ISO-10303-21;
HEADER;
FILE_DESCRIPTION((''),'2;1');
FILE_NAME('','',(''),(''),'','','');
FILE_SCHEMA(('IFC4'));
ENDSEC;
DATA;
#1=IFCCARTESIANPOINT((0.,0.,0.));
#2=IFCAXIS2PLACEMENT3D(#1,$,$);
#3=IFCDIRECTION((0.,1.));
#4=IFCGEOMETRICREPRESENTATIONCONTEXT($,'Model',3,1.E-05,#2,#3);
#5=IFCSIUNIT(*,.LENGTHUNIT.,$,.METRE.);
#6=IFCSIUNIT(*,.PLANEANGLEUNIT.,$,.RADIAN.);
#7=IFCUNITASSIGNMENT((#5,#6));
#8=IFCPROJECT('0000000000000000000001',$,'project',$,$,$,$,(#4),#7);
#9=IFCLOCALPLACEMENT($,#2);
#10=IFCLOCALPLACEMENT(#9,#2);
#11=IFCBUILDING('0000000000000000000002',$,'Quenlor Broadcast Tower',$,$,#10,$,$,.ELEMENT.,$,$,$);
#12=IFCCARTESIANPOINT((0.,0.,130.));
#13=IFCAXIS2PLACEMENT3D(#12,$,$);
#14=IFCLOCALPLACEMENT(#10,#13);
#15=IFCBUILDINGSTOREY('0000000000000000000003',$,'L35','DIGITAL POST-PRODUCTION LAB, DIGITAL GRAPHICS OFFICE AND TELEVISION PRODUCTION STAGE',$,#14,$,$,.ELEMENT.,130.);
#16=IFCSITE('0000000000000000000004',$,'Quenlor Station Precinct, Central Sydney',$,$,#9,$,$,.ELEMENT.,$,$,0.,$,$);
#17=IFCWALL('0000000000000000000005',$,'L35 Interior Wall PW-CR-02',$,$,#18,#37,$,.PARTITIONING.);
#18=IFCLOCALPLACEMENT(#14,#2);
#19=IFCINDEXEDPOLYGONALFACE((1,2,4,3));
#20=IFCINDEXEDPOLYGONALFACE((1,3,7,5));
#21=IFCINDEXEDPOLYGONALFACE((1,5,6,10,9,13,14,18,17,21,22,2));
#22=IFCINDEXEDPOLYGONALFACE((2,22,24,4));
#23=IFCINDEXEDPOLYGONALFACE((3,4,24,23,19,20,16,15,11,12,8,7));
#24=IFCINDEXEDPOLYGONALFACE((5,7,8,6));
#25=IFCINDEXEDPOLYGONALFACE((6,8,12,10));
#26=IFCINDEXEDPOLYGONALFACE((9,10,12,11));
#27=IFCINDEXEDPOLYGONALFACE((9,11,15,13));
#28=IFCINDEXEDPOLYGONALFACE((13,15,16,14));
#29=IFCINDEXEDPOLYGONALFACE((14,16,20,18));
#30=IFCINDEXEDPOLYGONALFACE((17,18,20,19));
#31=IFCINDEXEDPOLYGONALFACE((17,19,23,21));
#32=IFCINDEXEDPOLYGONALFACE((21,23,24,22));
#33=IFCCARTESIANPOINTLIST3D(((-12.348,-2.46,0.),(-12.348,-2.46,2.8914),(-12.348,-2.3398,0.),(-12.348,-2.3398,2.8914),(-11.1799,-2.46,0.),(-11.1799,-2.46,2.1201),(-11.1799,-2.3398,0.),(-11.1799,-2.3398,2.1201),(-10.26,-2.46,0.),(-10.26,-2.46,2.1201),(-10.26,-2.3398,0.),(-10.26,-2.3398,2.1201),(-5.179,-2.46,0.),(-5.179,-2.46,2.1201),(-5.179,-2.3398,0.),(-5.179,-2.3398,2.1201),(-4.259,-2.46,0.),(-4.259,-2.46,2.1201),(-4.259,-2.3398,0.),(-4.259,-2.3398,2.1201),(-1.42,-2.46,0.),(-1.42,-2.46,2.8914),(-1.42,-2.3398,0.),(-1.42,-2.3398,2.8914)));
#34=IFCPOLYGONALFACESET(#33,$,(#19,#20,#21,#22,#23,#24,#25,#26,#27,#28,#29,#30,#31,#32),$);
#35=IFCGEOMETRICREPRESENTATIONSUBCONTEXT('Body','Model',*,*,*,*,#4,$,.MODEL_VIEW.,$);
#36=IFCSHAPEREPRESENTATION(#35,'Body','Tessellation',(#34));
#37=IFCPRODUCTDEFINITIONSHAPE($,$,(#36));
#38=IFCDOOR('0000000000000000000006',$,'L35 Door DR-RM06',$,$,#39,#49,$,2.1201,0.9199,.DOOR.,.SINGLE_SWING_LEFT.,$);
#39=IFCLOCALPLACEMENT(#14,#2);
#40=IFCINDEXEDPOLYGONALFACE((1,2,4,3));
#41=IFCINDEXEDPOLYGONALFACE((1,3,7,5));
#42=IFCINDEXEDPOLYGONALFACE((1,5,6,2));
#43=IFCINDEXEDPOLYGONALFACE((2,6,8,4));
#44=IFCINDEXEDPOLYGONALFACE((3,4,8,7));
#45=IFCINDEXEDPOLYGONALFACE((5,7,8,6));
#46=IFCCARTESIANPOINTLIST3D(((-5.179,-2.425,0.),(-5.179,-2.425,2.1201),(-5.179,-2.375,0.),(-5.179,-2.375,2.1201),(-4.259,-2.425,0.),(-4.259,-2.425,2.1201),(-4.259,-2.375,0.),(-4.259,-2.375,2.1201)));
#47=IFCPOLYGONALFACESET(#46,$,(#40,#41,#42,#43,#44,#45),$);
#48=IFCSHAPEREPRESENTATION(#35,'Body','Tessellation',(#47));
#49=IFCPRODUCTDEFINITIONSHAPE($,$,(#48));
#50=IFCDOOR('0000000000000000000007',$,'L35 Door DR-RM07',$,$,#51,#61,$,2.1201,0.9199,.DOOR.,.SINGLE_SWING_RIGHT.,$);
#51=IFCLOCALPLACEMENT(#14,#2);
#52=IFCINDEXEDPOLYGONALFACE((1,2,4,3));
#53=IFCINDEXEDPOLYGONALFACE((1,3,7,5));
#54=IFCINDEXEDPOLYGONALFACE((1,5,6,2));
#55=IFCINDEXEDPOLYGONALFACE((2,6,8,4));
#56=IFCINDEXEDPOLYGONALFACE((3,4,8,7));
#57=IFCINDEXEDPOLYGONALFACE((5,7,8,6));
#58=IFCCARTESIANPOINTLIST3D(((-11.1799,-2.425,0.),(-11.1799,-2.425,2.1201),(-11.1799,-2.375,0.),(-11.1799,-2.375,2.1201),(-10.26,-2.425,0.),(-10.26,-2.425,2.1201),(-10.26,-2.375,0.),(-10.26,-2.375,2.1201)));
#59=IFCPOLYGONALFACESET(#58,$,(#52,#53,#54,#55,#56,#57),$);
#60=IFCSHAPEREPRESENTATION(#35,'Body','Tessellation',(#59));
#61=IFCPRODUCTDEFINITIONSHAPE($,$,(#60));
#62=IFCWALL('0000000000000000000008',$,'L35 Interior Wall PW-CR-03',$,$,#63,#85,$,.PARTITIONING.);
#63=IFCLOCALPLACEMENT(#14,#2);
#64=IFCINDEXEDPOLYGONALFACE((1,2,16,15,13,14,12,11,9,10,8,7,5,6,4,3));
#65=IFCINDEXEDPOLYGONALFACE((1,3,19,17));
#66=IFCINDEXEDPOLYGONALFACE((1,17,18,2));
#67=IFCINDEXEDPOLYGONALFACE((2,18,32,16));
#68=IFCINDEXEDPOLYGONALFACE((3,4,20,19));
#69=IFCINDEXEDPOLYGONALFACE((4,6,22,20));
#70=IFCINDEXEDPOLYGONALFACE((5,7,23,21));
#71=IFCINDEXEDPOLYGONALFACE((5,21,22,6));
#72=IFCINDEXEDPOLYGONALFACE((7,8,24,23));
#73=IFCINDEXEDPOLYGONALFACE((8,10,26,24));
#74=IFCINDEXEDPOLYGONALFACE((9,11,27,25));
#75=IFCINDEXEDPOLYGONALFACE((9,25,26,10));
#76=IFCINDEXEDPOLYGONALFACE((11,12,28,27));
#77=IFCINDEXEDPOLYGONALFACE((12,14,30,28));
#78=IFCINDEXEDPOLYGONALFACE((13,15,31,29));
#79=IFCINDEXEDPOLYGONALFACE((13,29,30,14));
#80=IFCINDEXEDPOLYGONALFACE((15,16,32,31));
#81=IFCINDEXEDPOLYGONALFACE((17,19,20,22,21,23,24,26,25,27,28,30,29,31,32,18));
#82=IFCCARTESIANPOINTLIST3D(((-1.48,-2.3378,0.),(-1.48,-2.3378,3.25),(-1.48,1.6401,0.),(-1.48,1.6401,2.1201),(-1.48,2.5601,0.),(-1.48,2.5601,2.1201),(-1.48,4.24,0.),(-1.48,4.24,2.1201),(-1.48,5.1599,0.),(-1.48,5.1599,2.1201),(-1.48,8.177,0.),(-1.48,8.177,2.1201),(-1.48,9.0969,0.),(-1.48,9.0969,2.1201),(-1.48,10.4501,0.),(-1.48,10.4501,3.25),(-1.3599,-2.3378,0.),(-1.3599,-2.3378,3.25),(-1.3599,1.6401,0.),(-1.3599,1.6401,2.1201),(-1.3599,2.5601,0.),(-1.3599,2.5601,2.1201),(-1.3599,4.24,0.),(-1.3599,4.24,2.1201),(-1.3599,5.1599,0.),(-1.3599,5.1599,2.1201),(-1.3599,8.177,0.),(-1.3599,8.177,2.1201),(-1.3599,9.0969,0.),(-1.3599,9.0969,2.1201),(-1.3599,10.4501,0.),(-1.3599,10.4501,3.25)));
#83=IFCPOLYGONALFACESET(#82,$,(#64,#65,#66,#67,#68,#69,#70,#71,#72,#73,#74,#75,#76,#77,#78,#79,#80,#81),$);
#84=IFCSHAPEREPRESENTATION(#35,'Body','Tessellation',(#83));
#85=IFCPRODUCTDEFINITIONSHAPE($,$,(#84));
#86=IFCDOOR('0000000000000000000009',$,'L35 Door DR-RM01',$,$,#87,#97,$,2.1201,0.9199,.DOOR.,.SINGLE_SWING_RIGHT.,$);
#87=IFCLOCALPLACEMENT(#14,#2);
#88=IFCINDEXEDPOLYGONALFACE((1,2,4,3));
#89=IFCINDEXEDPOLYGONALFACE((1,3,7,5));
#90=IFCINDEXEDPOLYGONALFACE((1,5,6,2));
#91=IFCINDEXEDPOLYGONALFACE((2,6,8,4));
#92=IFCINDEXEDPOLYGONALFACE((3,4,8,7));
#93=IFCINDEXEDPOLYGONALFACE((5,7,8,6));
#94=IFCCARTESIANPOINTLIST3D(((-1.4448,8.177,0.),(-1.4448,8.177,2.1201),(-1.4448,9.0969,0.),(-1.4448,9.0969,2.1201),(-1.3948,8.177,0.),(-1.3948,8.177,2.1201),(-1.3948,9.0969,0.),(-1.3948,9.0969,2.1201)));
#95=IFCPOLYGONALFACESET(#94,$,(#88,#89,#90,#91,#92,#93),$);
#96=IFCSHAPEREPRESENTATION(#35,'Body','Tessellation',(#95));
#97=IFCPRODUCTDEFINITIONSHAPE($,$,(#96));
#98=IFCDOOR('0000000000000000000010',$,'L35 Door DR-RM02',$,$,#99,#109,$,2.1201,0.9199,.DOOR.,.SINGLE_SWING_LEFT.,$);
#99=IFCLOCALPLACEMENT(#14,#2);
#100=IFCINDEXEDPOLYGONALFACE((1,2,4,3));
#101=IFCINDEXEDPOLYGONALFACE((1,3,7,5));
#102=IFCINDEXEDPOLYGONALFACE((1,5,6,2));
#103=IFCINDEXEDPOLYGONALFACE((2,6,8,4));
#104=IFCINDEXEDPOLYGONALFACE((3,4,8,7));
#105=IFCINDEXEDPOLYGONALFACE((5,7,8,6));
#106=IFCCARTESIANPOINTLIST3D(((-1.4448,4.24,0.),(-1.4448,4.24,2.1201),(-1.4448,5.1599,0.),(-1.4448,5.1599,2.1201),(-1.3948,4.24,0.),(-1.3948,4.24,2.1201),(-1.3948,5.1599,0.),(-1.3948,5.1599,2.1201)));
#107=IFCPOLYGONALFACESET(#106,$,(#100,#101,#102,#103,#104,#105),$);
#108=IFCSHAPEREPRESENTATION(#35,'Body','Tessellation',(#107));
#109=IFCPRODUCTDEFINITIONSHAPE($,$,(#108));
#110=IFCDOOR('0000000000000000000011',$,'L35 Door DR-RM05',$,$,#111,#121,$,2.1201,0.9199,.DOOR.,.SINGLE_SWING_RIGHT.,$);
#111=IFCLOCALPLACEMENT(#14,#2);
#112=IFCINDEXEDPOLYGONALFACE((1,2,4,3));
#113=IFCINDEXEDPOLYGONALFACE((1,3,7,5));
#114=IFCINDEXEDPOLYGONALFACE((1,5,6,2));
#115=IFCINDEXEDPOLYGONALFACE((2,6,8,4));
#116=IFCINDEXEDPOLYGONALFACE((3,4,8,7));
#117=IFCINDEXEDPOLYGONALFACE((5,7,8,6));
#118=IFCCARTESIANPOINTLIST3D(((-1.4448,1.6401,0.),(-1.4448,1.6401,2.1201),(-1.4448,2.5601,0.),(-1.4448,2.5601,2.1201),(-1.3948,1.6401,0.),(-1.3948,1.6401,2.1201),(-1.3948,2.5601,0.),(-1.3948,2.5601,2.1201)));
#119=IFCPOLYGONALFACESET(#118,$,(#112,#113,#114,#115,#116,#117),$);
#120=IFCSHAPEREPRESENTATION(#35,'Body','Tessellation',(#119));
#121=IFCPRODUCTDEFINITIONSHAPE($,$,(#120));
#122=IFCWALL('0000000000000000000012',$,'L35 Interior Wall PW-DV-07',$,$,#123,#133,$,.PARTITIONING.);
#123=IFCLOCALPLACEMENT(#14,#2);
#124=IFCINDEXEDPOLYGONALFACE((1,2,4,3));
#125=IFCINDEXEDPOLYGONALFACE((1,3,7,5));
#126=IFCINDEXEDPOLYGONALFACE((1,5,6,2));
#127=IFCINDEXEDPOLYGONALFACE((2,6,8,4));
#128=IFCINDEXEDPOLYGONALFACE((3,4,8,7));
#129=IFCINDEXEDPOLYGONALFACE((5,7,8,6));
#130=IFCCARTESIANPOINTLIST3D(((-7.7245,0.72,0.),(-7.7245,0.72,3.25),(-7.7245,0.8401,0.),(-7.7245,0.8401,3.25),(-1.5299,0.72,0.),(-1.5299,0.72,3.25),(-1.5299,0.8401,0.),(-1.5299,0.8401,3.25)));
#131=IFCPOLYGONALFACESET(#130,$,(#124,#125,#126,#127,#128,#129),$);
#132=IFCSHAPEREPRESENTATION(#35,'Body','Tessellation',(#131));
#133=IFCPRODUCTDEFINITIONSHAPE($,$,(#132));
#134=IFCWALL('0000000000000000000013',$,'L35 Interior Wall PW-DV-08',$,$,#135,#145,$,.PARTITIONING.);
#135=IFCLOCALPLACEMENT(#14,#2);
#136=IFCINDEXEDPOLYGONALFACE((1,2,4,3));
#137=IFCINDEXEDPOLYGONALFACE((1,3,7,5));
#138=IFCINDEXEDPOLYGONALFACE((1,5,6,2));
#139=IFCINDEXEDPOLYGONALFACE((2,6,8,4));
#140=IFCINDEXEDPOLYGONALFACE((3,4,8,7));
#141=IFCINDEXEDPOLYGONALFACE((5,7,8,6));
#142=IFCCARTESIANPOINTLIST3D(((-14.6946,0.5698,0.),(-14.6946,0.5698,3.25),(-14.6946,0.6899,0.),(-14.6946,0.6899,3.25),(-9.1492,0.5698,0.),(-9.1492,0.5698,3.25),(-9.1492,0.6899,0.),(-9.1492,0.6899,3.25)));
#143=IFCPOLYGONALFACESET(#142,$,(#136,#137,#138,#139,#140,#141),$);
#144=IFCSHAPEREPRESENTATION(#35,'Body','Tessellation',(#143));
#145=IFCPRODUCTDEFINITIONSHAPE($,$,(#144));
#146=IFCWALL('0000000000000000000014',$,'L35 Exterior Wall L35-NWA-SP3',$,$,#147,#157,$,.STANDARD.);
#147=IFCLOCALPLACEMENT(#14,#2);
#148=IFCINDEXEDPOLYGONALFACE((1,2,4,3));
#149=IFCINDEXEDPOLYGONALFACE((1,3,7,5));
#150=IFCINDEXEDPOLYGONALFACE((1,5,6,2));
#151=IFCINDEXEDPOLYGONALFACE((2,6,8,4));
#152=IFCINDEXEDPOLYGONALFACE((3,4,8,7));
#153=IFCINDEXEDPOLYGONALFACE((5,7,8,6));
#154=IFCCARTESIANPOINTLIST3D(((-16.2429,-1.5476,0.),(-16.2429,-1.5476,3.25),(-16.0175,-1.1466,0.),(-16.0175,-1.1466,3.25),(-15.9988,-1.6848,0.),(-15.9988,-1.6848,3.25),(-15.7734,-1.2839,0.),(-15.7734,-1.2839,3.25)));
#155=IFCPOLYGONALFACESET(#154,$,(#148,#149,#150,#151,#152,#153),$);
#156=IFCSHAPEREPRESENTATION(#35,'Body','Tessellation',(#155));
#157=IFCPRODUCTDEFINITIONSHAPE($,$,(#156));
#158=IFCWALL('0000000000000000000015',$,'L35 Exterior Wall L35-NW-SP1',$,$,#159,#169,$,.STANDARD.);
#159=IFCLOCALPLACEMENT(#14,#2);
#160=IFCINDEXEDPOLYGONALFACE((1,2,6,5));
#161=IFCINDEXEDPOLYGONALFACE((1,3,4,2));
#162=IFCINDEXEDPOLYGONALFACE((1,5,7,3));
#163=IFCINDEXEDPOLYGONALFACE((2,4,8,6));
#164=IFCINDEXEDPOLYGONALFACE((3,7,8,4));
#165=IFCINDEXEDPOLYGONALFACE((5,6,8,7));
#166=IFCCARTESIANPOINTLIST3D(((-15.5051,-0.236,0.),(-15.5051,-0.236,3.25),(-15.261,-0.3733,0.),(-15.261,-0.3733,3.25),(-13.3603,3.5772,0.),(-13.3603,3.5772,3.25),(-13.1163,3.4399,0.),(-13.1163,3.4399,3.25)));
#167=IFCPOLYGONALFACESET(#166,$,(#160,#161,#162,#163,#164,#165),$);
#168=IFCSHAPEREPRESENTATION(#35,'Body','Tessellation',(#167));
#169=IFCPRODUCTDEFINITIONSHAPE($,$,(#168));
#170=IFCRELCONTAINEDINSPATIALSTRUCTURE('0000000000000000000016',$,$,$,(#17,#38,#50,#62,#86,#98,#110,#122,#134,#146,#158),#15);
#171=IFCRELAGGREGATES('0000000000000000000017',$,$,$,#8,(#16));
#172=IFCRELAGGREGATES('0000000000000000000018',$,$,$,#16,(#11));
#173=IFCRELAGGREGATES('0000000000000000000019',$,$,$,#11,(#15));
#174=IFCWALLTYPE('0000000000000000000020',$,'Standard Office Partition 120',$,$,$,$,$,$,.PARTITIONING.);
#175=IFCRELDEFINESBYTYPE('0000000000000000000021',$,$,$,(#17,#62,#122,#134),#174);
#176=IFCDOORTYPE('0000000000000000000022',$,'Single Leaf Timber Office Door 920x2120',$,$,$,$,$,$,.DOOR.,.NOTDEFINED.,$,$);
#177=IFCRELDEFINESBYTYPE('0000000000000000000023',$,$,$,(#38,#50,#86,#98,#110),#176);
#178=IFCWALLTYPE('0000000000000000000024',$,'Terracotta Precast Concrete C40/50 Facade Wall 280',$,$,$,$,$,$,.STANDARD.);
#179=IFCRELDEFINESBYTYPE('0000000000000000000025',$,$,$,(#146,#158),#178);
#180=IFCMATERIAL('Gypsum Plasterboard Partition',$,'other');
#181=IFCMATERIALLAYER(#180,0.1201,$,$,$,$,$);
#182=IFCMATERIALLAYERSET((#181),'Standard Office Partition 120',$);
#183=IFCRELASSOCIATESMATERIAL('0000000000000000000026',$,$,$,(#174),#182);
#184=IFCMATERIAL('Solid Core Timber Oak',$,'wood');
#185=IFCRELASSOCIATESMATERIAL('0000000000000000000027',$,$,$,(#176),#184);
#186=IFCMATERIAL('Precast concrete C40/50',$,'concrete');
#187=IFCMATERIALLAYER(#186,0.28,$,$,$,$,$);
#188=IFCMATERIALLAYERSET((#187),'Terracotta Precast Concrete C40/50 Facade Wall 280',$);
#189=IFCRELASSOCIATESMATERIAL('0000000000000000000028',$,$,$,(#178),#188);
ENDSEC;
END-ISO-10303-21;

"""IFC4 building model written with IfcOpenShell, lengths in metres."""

from ifc_helpers import new_model, si_unit, direction, frame, frame_2d, origin, place, context, subcontext, project, spatial, rectangle, extrude, material, layer, layer_set, type_object, element, fill, save


model = new_model("IFC4")

# Units and contexts
model_context = context("Model", 3, precision=1e-05, world=origin(), true_north=direction((0.0, 1.0)))
body_context = subcontext(model_context, "Body", "Model", "MODEL_VIEW")
ifc_project = project(units=[si_unit("LENGTHUNIT", "METRE"), si_unit("PLANEANGLEUNIT", "RADIAN")], contexts=[model_context])

# Site, building, storey
site_placement = place(None, origin())
site = spatial("IfcSite", under=ifc_project, at=site_placement, Name="Quenlor Station Precinct, Central Sydney", CompositionType="ELEMENT", RefElevation=0.0)
building_placement = place(site_placement, origin())
building = spatial("IfcBuilding", under=site, at=building_placement, Name="Quenlor Broadcast Tower", CompositionType="ELEMENT")
storey_placement = place(building_placement, frame((0.0, 0.0, 130.0)))
storey = spatial("IfcBuildingStorey", under=building, at=storey_placement, Name="L35", Description="DIGITAL POST-PRODUCTION LAB, DIGITAL GRAPHICS OFFICE AND TELEVISION PRODUCTION STAGE", CompositionType="ELEMENT", Elevation=130.0)

# Walls, openings, doors
ifc_material_1 = material(Name="Gypsum Plasterboard Partition", Category="other")
ifc_layer_1 = layer(ifc_material_1, 0.1201)
ifc_layer_set_1 = layer_set([ifc_layer_1], Name="Standard Office Partition 120")
wall_type_1 = type_object("IfcWallType", Name="Standard Office Partition 120", PredefinedType="PARTITIONING", material=ifc_layer_set_1)
wall_1_placement = place(storey_placement, frame((-12.3479, -2.3999, 0.0), z_axis=(0.0, 0.0, 1.0), x_axis=(1.0, 0.0, 0.0)))
wall_1 = element("IfcWall", 1, at=wall_1_placement, inside=storey, type_object=wall_type_1, Name="L35 Interior Wall PW-CR-02", PredefinedType="PARTITIONING", context=body_context, shape_type="SweptSolid", body=[
    extrude(rectangle(XDim=10.928, YDim=0.1201, at=frame_2d((5.4639, 0.0))), origin(), (0.0, 0.0, 1.0), 2.8914),
])
opening_1_placement = place(wall_1_placement, frame((7.1689, 0.0, 0.0)))
opening_1 = element("IfcOpeningElement", 2, at=opening_1_placement, cuts=wall_1, PredefinedType="OPENING", context=body_context, shape_type="SweptSolid", body=[
    extrude(rectangle(XDim=0.9199, YDim=2.1201, at=frame_2d((0.46, 1.0601))), frame((0.0, 0.0701, 0.0), z_axis=(0.0, -1.0, 0.0), x_axis=(1.0, 0.0, 0.0)), (0.0, 0.0, 1.0), 0.1401),
])
opening_2_placement = place(wall_1_placement, frame((1.168, 0.0, 0.0)))
opening_2 = element("IfcOpeningElement", 3, at=opening_2_placement, cuts=wall_1, PredefinedType="OPENING", context=body_context, shape_type="SweptSolid", body=[
    extrude(rectangle(XDim=0.9199, YDim=2.1201, at=frame_2d((0.46, 1.0601))), frame((0.0, 0.0701, 0.0), z_axis=(0.0, -1.0, 0.0), x_axis=(1.0, 0.0, 0.0)), (0.0, 0.0, 1.0), 0.1401),
])
ifc_material_2 = material(Name="Solid Core Timber Oak", Category="wood")
door_type = type_object("IfcDoorType", Name="Single Leaf Timber Office Door 920x2120", OperationType="NOTDEFINED", PredefinedType="DOOR", material=ifc_material_2)
door_1_placement = place(opening_1_placement, origin())
door_1 = element("IfcDoor", 4, at=door_1_placement, inside=storey, type_object=door_type, Name="L35 Door DR-RM06", OperationType="SINGLE_SWING_LEFT", OverallHeight=2.1201, OverallWidth=0.9199, PredefinedType="DOOR", context=body_context, shape_type="SweptSolid", body=[
    extrude(rectangle(XDim=0.9199, YDim=2.1201, at=frame_2d((0.46, 1.0601))), frame((0.0, 0.0249, 0.0), z_axis=(0.0, -1.0, 0.0), x_axis=(1.0, 0.0, 0.0)), (0.0, 0.0, 1.0), 0.05),
])
fill(opening_1, door_1)
door_2_placement = place(opening_2_placement, origin())
door_2 = element("IfcDoor", 5, at=door_2_placement, inside=storey, type_object=door_type, Name="L35 Door DR-RM07", OperationType="SINGLE_SWING_RIGHT", OverallHeight=2.1201, OverallWidth=0.9199, PredefinedType="DOOR", context=body_context, shape_type="SweptSolid", body=[
    extrude(rectangle(XDim=0.9199, YDim=2.1201, at=frame_2d((0.46, 1.0601))), frame((0.0, 0.0249, 0.0), z_axis=(0.0, -1.0, 0.0), x_axis=(1.0, 0.0, 0.0)), (0.0, 0.0, 1.0), 0.05),
])
fill(opening_2, door_2)
wall_2_placement = place(storey_placement, frame((-1.4199, -2.3379, 0.0), z_axis=(0.0, 0.0, 1.0), x_axis=(0.0, 1.0, 0.0)))
wall_2 = element("IfcWall", 6, at=wall_2_placement, inside=storey, type_object=wall_type_1, Name="L35 Interior Wall PW-CR-03", PredefinedType="PARTITIONING", context=body_context, shape_type="SweptSolid", body=[
    extrude(rectangle(XDim=12.7878, YDim=0.1201, at=frame_2d((6.394, 0.0))), origin(), (0.0, 0.0, 1.0), 3.25),
])
opening_3_placement = place(wall_2_placement, frame((10.5149, 0.0, 0.0)))
opening_3 = element("IfcOpeningElement", 7, at=opening_3_placement, cuts=wall_2, PredefinedType="OPENING", context=body_context, shape_type="SweptSolid", body=[
    extrude(rectangle(XDim=0.9199, YDim=2.1201, at=frame_2d((0.46, 1.0601))), frame((0.0, 0.0701, 0.0), z_axis=(0.0, -1.0, 0.0), x_axis=(1.0, 0.0, 0.0)), (0.0, 0.0, 1.0), 0.1401),
])
opening_4_placement = place(wall_2_placement, frame((6.5779, 0.0, 0.0)))
opening_4 = element("IfcOpeningElement", 8, at=opening_4_placement, cuts=wall_2, PredefinedType="OPENING", context=body_context, shape_type="SweptSolid", body=[
    extrude(rectangle(XDim=0.9199, YDim=2.1201, at=frame_2d((0.46, 1.0601))), frame((0.0, 0.0701, 0.0), z_axis=(0.0, -1.0, 0.0), x_axis=(1.0, 0.0, 0.0)), (0.0, 0.0, 1.0), 0.1401),
])
opening_5_placement = place(wall_2_placement, frame((3.978, 0.0, 0.0)))
opening_5 = element("IfcOpeningElement", 9, at=opening_5_placement, cuts=wall_2, PredefinedType="OPENING", context=body_context, shape_type="SweptSolid", body=[
    extrude(rectangle(XDim=0.9199, YDim=2.1201, at=frame_2d((0.46, 1.0601))), frame((0.0, 0.0701, 0.0), z_axis=(0.0, -1.0, 0.0), x_axis=(1.0, 0.0, 0.0)), (0.0, 0.0, 1.0), 0.1401),
])
door_3_placement = place(opening_3_placement, origin())
door_3 = element("IfcDoor", 10, at=door_3_placement, inside=storey, type_object=door_type, Name="L35 Door DR-RM01", OperationType="SINGLE_SWING_RIGHT", OverallHeight=2.1201, OverallWidth=0.9199, PredefinedType="DOOR", context=body_context, shape_type="SweptSolid", body=[
    extrude(rectangle(XDim=0.9199, YDim=2.1201, at=frame_2d((0.46, 1.0601))), frame((0.0, 0.0249, 0.0), z_axis=(0.0, -1.0, 0.0), x_axis=(1.0, 0.0, 0.0)), (0.0, 0.0, 1.0), 0.05),
])
fill(opening_3, door_3)
door_4_placement = place(opening_4_placement, origin())
door_4 = element("IfcDoor", 11, at=door_4_placement, inside=storey, type_object=door_type, Name="L35 Door DR-RM02", OperationType="SINGLE_SWING_LEFT", OverallHeight=2.1201, OverallWidth=0.9199, PredefinedType="DOOR", context=body_context, shape_type="SweptSolid", body=[
    extrude(rectangle(XDim=0.9199, YDim=2.1201, at=frame_2d((0.46, 1.0601))), frame((0.0, 0.0249, 0.0), z_axis=(0.0, -1.0, 0.0), x_axis=(1.0, 0.0, 0.0)), (0.0, 0.0, 1.0), 0.05),
])
fill(opening_4, door_4)
door_5_placement = place(opening_5_placement, origin())
door_5 = element("IfcDoor", 12, at=door_5_placement, inside=storey, type_object=door_type, Name="L35 Door DR-RM05", OperationType="SINGLE_SWING_RIGHT", OverallHeight=2.1201, OverallWidth=0.9199, PredefinedType="DOOR", context=body_context, shape_type="SweptSolid", body=[
    extrude(rectangle(XDim=0.9199, YDim=2.1201, at=frame_2d((0.46, 1.0601))), frame((0.0, 0.0249, 0.0), z_axis=(0.0, -1.0, 0.0), x_axis=(1.0, 0.0, 0.0)), (0.0, 0.0, 1.0), 0.05),
])
fill(opening_5, door_5)

# Walls
wall_3_placement = place(storey_placement, frame((-1.53, 0.78, 0.0), z_axis=(0.0, 0.0, 1.0), x_axis=(-1.0, 0.0, 0.0)))
element("IfcWall", 13, at=wall_3_placement, inside=storey, type_object=wall_type_1, Name="L35 Interior Wall PW-DV-07", PredefinedType="PARTITIONING", context=body_context, shape_type="SweptSolid", body=[
    extrude(rectangle(XDim=6.1946, YDim=0.1201, at=frame_2d((3.0972, 0.0))), origin(), (0.0, 0.0, 1.0), 3.25),
])
wall_4_placement = place(storey_placement, frame((-9.1492, 0.6299, 0.0), z_axis=(0.0, 0.0, 1.0), x_axis=(-1.0, 0.0, 0.0)))
element("IfcWall", 14, at=wall_4_placement, inside=storey, type_object=wall_type_1, Name="L35 Interior Wall PW-DV-08", PredefinedType="PARTITIONING", context=body_context, shape_type="SweptSolid", body=[
    extrude(rectangle(XDim=5.5454, YDim=0.1201, at=frame_2d((2.7727, 0.0))), origin(), (0.0, 0.0, 1.0), 3.25),
])
ifc_material_3 = material(Name="Precast concrete C40/50", Category="concrete")
ifc_layer_2 = layer(ifc_material_3, 0.28)
ifc_layer_set_2 = layer_set([ifc_layer_2], Name="Terracotta Precast Concrete C40/50 Facade Wall 280")
wall_type_2 = type_object("IfcWallType", Name="Terracotta Precast Concrete C40/50 Facade Wall 280", PredefinedType="STANDARD", material=ifc_layer_set_2)
wall_5_placement = place(storey_placement, frame((-16.1208, -1.6162, 0.0), z_axis=(0.0, 0.0, 1.0), x_axis=(0.490009, 0.871717, 0.0)))
element("IfcWall", 15, at=wall_5_placement, inside=storey, type_object=wall_type_2, Name="L35 Exterior Wall L35-NWA-SP3", PredefinedType="STANDARD", context=body_context, shape_type="SweptSolid", body=[
    extrude(rectangle(XDim=0.46, YDim=0.28, at=frame_2d((0.23, 0.0))), origin(), (0.0, 0.0, 1.0), 3.25),
])
wall_6_placement = place(storey_placement, frame((-15.3831, -0.3047, 0.0), z_axis=(0.0, 0.0, 1.0), x_axis=(0.490232, 0.871592, 0.0)))
element("IfcWall", 16, at=wall_6_placement, inside=storey, type_object=wall_type_2, Name="L35 Exterior Wall L35-NW-SP1", PredefinedType="STANDARD", context=body_context, shape_type="SweptSolid", body=[
    extrude(rectangle(XDim=4.375, YDim=0.28, at=frame_2d((2.1875, 0.0))), origin(), (0.0, 0.0, 1.0), 3.25),
])

save(model, "model.ifc")
